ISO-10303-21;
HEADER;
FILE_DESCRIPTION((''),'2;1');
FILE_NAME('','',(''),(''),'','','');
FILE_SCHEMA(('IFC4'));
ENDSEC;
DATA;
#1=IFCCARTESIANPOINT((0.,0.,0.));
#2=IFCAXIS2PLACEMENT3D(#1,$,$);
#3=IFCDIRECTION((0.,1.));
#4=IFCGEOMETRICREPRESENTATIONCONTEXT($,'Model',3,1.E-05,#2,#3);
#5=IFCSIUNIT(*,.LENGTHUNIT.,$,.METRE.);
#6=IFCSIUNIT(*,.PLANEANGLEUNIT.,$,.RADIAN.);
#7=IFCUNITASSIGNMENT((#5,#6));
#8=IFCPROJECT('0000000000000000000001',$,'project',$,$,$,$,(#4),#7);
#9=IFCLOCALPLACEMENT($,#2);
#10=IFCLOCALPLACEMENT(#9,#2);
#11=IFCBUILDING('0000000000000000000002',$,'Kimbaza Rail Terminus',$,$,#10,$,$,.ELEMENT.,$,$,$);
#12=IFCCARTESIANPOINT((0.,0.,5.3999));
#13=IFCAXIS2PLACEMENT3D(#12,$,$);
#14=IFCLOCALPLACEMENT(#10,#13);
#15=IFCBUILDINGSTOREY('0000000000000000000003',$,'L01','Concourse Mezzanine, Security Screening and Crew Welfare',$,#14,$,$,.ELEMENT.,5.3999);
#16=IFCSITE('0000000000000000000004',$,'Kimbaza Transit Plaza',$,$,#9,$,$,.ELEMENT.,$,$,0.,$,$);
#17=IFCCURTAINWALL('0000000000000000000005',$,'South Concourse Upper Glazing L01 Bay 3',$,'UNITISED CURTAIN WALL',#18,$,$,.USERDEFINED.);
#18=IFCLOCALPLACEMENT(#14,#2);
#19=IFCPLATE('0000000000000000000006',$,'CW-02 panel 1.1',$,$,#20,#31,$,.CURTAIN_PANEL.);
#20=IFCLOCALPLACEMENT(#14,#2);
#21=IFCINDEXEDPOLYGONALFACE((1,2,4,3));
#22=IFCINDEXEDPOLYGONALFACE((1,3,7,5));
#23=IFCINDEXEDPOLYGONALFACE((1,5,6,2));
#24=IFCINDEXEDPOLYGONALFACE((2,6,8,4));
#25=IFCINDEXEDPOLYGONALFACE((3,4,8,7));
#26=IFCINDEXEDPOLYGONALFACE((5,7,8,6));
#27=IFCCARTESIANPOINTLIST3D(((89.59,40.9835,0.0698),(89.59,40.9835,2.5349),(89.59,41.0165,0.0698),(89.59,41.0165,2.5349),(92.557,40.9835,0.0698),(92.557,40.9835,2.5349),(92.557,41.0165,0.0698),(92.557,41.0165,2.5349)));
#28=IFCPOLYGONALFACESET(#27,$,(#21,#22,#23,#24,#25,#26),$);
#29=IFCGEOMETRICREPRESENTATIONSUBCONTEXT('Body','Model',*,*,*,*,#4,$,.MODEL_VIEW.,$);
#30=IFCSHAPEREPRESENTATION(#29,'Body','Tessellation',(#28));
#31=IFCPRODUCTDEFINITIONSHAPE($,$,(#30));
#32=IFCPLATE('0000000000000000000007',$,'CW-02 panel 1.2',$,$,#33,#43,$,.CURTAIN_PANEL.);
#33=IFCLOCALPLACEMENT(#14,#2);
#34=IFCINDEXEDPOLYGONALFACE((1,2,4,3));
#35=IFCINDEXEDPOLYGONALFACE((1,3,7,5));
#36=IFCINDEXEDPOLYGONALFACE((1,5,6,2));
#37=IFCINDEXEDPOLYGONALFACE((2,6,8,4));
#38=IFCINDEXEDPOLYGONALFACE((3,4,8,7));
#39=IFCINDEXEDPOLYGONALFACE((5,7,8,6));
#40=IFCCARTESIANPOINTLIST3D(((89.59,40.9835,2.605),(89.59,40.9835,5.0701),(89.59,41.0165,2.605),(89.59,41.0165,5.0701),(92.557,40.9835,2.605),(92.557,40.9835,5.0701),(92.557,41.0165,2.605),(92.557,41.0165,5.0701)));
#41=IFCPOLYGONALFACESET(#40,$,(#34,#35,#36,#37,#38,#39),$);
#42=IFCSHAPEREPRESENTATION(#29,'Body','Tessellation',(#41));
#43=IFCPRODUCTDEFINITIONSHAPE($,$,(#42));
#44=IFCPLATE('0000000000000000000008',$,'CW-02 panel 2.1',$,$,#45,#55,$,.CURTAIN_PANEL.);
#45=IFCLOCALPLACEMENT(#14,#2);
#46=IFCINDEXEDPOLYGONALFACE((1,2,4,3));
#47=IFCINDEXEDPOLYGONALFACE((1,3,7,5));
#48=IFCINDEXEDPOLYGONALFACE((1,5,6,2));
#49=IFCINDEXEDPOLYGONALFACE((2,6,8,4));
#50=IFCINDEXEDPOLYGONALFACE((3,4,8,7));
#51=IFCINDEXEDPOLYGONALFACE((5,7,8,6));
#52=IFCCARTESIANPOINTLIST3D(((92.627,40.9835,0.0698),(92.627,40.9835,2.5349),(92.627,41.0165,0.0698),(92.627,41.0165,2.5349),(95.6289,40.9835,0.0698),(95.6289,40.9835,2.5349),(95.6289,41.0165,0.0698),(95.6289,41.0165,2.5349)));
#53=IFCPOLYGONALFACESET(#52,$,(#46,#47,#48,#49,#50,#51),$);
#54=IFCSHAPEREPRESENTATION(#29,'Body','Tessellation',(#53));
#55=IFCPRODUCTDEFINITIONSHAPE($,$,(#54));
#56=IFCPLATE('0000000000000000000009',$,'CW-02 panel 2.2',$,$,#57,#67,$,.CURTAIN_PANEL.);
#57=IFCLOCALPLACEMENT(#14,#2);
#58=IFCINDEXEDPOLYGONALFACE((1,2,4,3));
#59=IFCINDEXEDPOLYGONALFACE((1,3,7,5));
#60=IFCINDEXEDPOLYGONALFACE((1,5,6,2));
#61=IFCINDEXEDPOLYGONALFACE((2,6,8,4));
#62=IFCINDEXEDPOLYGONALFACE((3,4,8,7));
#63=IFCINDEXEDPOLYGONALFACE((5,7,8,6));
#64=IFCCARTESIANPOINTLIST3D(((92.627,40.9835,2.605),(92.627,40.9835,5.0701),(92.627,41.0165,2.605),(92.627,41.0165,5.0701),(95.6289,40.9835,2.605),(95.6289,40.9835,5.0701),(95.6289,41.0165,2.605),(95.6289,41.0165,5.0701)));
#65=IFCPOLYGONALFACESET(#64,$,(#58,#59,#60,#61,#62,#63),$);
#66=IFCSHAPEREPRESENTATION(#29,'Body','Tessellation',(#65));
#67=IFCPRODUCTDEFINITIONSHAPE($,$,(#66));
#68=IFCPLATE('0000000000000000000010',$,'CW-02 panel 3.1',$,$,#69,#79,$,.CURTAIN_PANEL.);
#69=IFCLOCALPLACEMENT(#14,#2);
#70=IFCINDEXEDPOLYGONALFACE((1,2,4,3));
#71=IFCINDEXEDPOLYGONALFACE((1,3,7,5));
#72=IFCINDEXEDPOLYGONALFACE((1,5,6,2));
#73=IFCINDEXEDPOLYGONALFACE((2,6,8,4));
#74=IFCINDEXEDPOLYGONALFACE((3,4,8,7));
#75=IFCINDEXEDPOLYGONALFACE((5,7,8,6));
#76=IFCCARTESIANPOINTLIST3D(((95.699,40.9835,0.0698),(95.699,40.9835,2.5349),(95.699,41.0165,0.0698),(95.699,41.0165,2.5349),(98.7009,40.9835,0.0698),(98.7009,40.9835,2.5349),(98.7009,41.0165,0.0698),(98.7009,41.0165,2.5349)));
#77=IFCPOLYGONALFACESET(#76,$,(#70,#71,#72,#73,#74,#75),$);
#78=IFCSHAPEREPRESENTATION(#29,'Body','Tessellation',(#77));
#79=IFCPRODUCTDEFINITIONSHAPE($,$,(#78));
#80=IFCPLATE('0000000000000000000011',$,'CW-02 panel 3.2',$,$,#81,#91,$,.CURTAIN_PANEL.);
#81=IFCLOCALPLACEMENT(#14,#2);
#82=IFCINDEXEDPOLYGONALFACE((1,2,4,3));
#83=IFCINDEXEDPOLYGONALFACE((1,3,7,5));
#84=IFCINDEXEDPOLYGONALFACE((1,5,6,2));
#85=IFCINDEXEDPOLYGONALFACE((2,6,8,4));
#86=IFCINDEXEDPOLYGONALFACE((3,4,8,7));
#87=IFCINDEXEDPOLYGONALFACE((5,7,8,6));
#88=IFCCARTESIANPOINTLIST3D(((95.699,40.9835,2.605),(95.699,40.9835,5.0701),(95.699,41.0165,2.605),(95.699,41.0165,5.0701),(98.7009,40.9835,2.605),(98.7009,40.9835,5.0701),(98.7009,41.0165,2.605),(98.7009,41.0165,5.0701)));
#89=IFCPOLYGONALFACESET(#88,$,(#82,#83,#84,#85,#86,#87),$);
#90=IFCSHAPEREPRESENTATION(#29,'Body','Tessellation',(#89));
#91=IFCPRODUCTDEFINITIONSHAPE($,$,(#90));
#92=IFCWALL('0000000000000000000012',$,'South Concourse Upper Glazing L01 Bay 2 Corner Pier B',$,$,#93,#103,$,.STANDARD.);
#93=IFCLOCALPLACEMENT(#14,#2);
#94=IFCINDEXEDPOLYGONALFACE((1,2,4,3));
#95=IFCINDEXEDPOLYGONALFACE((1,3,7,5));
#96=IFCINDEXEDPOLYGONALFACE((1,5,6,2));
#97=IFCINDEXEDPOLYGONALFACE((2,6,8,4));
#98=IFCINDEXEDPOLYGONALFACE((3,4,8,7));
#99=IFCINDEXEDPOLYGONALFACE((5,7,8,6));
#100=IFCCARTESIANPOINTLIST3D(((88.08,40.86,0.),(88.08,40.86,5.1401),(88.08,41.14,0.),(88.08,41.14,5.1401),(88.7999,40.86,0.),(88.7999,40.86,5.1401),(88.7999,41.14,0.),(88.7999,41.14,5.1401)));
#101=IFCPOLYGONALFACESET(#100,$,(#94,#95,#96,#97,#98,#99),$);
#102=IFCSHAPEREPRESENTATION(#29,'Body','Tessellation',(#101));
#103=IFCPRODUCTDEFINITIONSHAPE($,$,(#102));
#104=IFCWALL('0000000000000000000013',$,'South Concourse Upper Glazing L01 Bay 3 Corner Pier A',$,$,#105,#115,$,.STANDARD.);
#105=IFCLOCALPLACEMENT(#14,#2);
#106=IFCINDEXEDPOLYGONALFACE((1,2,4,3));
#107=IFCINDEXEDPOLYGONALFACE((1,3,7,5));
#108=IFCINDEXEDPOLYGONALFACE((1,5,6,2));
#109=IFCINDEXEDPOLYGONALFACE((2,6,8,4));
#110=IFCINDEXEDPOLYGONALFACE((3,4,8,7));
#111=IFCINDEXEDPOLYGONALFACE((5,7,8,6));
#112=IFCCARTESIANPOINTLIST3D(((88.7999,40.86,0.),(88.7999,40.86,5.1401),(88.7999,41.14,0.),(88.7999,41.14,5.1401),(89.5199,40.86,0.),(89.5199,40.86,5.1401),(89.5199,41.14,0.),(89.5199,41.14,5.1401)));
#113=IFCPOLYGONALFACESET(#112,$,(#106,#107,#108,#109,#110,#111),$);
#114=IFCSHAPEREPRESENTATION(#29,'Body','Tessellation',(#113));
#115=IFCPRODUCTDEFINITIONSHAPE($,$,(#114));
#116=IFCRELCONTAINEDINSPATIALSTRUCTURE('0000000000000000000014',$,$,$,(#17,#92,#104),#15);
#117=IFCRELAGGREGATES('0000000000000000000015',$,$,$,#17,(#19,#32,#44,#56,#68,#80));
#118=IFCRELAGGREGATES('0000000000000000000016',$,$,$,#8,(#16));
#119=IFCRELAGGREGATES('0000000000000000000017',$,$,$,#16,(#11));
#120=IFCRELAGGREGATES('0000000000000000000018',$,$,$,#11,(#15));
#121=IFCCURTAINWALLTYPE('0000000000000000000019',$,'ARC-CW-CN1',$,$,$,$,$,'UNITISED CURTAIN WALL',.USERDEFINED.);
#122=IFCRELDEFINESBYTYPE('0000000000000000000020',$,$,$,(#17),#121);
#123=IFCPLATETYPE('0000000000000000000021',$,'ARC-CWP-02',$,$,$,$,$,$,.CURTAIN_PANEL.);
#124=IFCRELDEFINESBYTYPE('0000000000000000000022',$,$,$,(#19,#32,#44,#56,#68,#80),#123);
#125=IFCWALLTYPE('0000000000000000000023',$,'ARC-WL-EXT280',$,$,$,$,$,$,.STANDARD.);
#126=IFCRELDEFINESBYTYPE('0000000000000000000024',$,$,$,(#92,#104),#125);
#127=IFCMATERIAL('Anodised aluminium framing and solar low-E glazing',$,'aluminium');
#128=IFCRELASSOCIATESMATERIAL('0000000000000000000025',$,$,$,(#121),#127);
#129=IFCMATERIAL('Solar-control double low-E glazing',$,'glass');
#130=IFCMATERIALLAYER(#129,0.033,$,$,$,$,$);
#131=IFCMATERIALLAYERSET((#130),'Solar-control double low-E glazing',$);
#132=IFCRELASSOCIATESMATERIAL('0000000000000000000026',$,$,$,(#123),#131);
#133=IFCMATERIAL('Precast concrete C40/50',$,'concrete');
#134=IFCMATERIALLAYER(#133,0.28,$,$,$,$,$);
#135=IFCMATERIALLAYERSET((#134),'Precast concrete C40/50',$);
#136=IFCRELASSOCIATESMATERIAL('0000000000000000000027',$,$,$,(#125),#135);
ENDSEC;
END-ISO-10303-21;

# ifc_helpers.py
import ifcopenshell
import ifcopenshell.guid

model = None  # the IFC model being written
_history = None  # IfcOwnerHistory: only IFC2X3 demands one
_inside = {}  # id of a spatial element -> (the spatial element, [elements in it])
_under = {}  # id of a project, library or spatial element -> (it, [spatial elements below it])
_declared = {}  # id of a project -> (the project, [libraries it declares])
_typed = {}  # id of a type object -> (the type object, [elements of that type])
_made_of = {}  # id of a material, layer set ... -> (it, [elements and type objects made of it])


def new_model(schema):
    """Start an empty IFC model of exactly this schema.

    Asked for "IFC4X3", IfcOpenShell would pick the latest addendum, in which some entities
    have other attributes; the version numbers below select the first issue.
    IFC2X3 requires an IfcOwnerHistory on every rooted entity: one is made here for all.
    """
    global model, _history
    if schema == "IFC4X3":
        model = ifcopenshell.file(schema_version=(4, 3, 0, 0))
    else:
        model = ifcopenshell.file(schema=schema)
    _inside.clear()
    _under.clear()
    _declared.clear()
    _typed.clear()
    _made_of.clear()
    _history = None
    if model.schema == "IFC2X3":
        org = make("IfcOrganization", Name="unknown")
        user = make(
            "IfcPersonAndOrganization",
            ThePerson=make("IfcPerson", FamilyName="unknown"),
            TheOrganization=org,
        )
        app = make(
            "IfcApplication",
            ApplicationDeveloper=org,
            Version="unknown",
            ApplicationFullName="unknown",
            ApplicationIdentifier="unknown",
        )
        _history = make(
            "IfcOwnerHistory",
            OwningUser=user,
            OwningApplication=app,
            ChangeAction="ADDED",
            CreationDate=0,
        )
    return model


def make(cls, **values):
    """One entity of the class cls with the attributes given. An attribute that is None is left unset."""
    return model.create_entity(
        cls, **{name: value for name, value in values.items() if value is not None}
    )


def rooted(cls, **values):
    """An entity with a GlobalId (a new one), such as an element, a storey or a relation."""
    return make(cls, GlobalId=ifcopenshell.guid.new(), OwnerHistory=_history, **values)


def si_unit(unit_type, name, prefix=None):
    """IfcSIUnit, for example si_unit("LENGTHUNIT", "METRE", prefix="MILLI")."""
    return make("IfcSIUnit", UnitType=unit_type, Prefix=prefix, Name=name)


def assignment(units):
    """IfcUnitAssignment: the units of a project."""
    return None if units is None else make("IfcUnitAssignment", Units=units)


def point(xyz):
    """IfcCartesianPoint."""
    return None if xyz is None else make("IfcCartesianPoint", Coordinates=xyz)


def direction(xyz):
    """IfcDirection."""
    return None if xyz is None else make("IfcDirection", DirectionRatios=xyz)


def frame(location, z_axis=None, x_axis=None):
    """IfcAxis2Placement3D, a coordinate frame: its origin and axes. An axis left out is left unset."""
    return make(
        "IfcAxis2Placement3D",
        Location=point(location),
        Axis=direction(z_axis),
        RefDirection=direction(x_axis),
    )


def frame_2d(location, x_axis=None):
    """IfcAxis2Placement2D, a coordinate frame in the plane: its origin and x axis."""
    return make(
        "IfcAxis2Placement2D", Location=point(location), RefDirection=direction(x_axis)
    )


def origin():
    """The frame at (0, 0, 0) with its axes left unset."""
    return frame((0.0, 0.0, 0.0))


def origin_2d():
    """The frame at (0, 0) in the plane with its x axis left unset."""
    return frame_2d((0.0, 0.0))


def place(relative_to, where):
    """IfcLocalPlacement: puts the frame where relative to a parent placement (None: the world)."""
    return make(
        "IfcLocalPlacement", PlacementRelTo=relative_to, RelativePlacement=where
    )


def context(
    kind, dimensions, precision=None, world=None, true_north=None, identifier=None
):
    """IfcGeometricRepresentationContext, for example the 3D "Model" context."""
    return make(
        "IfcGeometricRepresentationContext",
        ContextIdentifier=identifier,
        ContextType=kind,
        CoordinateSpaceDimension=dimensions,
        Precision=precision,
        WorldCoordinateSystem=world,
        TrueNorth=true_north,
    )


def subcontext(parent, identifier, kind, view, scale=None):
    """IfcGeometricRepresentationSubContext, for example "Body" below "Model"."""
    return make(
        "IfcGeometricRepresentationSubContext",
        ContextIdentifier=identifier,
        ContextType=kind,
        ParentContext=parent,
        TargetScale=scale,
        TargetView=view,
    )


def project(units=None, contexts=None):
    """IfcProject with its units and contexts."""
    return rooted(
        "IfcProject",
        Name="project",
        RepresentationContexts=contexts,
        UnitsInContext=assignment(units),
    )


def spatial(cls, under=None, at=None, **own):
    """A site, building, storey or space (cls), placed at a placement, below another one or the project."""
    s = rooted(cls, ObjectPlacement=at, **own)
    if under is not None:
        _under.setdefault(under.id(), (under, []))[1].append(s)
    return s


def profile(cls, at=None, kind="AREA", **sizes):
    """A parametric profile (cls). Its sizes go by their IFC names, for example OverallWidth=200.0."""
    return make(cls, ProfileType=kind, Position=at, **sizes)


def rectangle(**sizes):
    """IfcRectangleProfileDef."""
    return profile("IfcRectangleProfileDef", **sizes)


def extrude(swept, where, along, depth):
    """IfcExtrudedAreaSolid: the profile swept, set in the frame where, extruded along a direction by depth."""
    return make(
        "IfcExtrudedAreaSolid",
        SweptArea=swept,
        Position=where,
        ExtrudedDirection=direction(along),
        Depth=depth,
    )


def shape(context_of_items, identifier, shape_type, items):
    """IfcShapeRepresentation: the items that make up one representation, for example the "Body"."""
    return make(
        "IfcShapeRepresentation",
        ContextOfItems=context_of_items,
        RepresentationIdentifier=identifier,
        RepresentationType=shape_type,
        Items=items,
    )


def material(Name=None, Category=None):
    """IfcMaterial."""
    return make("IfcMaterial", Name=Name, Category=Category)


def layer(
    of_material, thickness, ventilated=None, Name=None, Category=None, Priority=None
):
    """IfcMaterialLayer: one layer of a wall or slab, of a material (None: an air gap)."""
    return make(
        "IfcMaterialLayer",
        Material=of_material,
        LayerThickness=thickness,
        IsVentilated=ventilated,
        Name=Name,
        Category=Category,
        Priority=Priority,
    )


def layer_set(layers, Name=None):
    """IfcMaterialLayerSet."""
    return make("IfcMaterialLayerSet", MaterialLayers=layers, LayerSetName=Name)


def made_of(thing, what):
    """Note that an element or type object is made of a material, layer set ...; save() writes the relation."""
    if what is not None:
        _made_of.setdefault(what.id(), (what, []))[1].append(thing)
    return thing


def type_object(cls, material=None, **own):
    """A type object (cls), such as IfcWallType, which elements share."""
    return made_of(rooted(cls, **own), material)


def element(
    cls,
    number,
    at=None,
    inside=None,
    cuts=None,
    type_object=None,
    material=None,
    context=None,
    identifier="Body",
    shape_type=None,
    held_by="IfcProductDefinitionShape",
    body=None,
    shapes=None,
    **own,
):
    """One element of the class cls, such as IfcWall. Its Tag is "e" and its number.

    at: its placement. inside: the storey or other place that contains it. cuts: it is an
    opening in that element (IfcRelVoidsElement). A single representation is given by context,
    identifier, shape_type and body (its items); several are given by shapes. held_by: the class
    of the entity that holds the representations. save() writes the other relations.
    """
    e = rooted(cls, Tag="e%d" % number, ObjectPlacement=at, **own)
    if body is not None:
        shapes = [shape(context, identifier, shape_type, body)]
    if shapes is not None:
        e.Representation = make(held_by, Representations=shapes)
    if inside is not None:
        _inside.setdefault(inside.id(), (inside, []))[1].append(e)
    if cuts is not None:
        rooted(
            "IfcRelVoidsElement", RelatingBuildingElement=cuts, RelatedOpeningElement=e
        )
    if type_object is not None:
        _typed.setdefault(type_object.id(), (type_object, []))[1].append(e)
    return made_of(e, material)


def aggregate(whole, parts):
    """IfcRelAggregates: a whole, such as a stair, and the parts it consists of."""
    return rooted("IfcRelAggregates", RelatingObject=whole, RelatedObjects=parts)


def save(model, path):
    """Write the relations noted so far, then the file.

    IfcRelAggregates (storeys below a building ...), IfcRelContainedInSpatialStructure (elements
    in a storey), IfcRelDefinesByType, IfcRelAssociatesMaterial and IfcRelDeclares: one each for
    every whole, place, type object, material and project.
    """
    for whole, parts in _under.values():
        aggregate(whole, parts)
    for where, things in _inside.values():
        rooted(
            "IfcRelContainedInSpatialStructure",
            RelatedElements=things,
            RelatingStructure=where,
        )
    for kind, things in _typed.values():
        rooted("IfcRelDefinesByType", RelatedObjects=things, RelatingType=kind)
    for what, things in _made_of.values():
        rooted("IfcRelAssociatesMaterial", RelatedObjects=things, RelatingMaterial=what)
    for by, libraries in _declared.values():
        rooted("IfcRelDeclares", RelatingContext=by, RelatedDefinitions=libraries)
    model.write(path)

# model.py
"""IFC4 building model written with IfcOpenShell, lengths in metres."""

from ifc_helpers import new_model, si_unit, direction, frame, frame_2d, origin, origin_2d, place, context, subcontext, project, spatial, rectangle, extrude, material, layer, layer_set, type_object, element, aggregate, save


model = new_model("IFC4")

# Units and contexts
model_context = context("Model", 3, precision=1e-05, world=origin(), true_north=direction((0.0, 1.0)))
body_context = subcontext(model_context, "Body", "Model", "MODEL_VIEW")
ifc_project = project(units=[si_unit("LENGTHUNIT", "METRE"), si_unit("PLANEANGLEUNIT", "RADIAN")], contexts=[model_context])

# Site, building, storey
site_placement = place(None, origin())
site = spatial("IfcSite", under=ifc_project, at=site_placement, Name="Kimbaza Transit Plaza", CompositionType="ELEMENT", RefElevation=0.0)
building_placement = place(site_placement, origin())
building = spatial("IfcBuilding", under=site, at=building_placement, Name="Kimbaza Rail Terminus", CompositionType="ELEMENT")
storey_placement = place(building_placement, frame((0.0, 0.0, 5.3999)))
storey = spatial("IfcBuildingStorey", under=building, at=storey_placement, Name="L01", Description="Concourse Mezzanine, Security Screening and Crew Welfare", CompositionType="ELEMENT", Elevation=5.3999)

# Shared definitions
ifc_material_1 = material(Name="Anodised aluminium framing and solar low-E glazing", Category="aluminium")
curtain_wall_type = type_object("IfcCurtainWallType", Name="ARC-CW-CN1", ElementType="UNITISED CURTAIN WALL", PredefinedType="USERDEFINED", material=ifc_material_1)

# Curtain wall
curtain_wall_1_placement = place(storey_placement, origin())
curtain_wall_1 = element("IfcCurtainWall", 1, at=curtain_wall_1_placement, inside=storey, type_object=curtain_wall_type, Name="South Concourse Upper Glazing L01 Bay 3", ObjectType="UNITISED CURTAIN WALL", PredefinedType="USERDEFINED")

# Plates
ifc_material_2 = material(Name="Solar-control double low-E glazing", Category="glass")
ifc_layer_1 = layer(ifc_material_2, 0.033)
ifc_layer_set_1 = layer_set([ifc_layer_1], Name="Solar-control double low-E glazing")
plate_type = type_object("IfcPlateType", Name="ARC-CWP-02", PredefinedType="CURTAIN_PANEL", material=ifc_layer_set_1)
plate_1_placement = place(storey_placement, frame((91.0735, 41.0, 0.0698), z_axis=(0.0, 0.0, 1.0), x_axis=(1.0, 0.0, 0.0)))
plate_1 = element("IfcPlate", 2, at=plate_1_placement, type_object=plate_type, Name="CW-02 panel 1.1", PredefinedType="CURTAIN_PANEL", context=body_context, shape_type="SweptSolid", body=[
    extrude(rectangle(XDim=2.967, YDim=0.033, at=origin_2d()), origin(), (0.0, 0.0, 1.0), 2.4651),
])
plate_2_placement = place(storey_placement, frame((91.0735, 41.0, 2.605), z_axis=(0.0, 0.0, 1.0), x_axis=(1.0, 0.0, 0.0)))
plate_2 = element("IfcPlate", 3, at=plate_2_placement, type_object=plate_type, Name="CW-02 panel 1.2", PredefinedType="CURTAIN_PANEL", context=body_context, shape_type="SweptSolid", body=[
    extrude(rectangle(XDim=2.967, YDim=0.033, at=origin_2d()), origin(), (0.0, 0.0, 1.0), 2.4651),
])
plate_3_placement = place(storey_placement, frame((94.1279, 41.0, 0.0698), z_axis=(0.0, 0.0, 1.0), x_axis=(1.0, 0.0, 0.0)))
plate_3 = element("IfcPlate", 4, at=plate_3_placement, type_object=plate_type, Name="CW-02 panel 2.1", PredefinedType="CURTAIN_PANEL", context=body_context, shape_type="SweptSolid", body=[
    extrude(rectangle(XDim=3.002, YDim=0.033, at=origin_2d()), origin(), (0.0, 0.0, 1.0), 2.4651),
])
plate_4_placement = place(storey_placement, frame((94.1279, 41.0, 2.605), z_axis=(0.0, 0.0, 1.0), x_axis=(1.0, 0.0, 0.0)))
plate_4 = element("IfcPlate", 5, at=plate_4_placement, type_object=plate_type, Name="CW-02 panel 2.2", PredefinedType="CURTAIN_PANEL", context=body_context, shape_type="SweptSolid", body=[
    extrude(rectangle(XDim=3.002, YDim=0.033, at=origin_2d()), origin(), (0.0, 0.0, 1.0), 2.4651),
])
plate_5_placement = place(storey_placement, frame((97.2, 41.0, 0.0698), z_axis=(0.0, 0.0, 1.0), x_axis=(1.0, 0.0, 0.0)))
plate_5 = element("IfcPlate", 6, at=plate_5_placement, type_object=plate_type, Name="CW-02 panel 3.1", PredefinedType="CURTAIN_PANEL", context=body_context, shape_type="SweptSolid", body=[
    extrude(rectangle(XDim=3.002, YDim=0.033, at=origin_2d()), origin(), (0.0, 0.0, 1.0), 2.4651),
])
plate_6_placement = place(storey_placement, frame((97.2, 41.0, 2.605), z_axis=(0.0, 0.0, 1.0), x_axis=(1.0, 0.0, 0.0)))
plate_6 = element("IfcPlate", 7, at=plate_6_placement, type_object=plate_type, Name="CW-02 panel 3.2", PredefinedType="CURTAIN_PANEL", context=body_context, shape_type="SweptSolid", body=[
    extrude(rectangle(XDim=3.002, YDim=0.033, at=origin_2d()), origin(), (0.0, 0.0, 1.0), 2.4651),
])
aggregate(curtain_wall_1, [plate_1, plate_2, plate_3, plate_4, plate_5, plate_6])

# Walls
ifc_material_3 = material(Name="Precast concrete C40/50", Category="concrete")
ifc_layer_2 = layer(ifc_material_3, 0.28)
ifc_layer_set_2 = layer_set([ifc_layer_2], Name="Precast concrete C40/50")
wall_type = type_object("IfcWallType", Name="ARC-WL-EXT280", PredefinedType="STANDARD", material=ifc_layer_set_2)
for number, where, z_axis, x_axis, name in (
    (8, (88.0801, 41.0, 0.0), (0.0, 0.0, 1.0), (1.0, 0.0, 0.0), "South Concourse Upper Glazing L01 Bay 2 Corner Pier B"),
    (9, (88.8, 41.0, 0.0), (0.0, 0.0, 1.0), (1.0, 0.0, 0.0), "South Concourse Upper Glazing L01 Bay 3 Corner Pier A"),
):
    element("IfcWall", number, at=place(storey_placement, frame(where, z_axis=z_axis, x_axis=x_axis)), inside=storey, type_object=wall_type, Name=name, PredefinedType="STANDARD", context=body_context, shape_type="SweptSolid", body=[
        extrude(rectangle(XDim=0.72, YDim=0.28, at=frame_2d((0.3599, 0.0))), origin(), (0.0, 0.0, 1.0), 5.1401),
    ])

save(model, "model.ifc")
